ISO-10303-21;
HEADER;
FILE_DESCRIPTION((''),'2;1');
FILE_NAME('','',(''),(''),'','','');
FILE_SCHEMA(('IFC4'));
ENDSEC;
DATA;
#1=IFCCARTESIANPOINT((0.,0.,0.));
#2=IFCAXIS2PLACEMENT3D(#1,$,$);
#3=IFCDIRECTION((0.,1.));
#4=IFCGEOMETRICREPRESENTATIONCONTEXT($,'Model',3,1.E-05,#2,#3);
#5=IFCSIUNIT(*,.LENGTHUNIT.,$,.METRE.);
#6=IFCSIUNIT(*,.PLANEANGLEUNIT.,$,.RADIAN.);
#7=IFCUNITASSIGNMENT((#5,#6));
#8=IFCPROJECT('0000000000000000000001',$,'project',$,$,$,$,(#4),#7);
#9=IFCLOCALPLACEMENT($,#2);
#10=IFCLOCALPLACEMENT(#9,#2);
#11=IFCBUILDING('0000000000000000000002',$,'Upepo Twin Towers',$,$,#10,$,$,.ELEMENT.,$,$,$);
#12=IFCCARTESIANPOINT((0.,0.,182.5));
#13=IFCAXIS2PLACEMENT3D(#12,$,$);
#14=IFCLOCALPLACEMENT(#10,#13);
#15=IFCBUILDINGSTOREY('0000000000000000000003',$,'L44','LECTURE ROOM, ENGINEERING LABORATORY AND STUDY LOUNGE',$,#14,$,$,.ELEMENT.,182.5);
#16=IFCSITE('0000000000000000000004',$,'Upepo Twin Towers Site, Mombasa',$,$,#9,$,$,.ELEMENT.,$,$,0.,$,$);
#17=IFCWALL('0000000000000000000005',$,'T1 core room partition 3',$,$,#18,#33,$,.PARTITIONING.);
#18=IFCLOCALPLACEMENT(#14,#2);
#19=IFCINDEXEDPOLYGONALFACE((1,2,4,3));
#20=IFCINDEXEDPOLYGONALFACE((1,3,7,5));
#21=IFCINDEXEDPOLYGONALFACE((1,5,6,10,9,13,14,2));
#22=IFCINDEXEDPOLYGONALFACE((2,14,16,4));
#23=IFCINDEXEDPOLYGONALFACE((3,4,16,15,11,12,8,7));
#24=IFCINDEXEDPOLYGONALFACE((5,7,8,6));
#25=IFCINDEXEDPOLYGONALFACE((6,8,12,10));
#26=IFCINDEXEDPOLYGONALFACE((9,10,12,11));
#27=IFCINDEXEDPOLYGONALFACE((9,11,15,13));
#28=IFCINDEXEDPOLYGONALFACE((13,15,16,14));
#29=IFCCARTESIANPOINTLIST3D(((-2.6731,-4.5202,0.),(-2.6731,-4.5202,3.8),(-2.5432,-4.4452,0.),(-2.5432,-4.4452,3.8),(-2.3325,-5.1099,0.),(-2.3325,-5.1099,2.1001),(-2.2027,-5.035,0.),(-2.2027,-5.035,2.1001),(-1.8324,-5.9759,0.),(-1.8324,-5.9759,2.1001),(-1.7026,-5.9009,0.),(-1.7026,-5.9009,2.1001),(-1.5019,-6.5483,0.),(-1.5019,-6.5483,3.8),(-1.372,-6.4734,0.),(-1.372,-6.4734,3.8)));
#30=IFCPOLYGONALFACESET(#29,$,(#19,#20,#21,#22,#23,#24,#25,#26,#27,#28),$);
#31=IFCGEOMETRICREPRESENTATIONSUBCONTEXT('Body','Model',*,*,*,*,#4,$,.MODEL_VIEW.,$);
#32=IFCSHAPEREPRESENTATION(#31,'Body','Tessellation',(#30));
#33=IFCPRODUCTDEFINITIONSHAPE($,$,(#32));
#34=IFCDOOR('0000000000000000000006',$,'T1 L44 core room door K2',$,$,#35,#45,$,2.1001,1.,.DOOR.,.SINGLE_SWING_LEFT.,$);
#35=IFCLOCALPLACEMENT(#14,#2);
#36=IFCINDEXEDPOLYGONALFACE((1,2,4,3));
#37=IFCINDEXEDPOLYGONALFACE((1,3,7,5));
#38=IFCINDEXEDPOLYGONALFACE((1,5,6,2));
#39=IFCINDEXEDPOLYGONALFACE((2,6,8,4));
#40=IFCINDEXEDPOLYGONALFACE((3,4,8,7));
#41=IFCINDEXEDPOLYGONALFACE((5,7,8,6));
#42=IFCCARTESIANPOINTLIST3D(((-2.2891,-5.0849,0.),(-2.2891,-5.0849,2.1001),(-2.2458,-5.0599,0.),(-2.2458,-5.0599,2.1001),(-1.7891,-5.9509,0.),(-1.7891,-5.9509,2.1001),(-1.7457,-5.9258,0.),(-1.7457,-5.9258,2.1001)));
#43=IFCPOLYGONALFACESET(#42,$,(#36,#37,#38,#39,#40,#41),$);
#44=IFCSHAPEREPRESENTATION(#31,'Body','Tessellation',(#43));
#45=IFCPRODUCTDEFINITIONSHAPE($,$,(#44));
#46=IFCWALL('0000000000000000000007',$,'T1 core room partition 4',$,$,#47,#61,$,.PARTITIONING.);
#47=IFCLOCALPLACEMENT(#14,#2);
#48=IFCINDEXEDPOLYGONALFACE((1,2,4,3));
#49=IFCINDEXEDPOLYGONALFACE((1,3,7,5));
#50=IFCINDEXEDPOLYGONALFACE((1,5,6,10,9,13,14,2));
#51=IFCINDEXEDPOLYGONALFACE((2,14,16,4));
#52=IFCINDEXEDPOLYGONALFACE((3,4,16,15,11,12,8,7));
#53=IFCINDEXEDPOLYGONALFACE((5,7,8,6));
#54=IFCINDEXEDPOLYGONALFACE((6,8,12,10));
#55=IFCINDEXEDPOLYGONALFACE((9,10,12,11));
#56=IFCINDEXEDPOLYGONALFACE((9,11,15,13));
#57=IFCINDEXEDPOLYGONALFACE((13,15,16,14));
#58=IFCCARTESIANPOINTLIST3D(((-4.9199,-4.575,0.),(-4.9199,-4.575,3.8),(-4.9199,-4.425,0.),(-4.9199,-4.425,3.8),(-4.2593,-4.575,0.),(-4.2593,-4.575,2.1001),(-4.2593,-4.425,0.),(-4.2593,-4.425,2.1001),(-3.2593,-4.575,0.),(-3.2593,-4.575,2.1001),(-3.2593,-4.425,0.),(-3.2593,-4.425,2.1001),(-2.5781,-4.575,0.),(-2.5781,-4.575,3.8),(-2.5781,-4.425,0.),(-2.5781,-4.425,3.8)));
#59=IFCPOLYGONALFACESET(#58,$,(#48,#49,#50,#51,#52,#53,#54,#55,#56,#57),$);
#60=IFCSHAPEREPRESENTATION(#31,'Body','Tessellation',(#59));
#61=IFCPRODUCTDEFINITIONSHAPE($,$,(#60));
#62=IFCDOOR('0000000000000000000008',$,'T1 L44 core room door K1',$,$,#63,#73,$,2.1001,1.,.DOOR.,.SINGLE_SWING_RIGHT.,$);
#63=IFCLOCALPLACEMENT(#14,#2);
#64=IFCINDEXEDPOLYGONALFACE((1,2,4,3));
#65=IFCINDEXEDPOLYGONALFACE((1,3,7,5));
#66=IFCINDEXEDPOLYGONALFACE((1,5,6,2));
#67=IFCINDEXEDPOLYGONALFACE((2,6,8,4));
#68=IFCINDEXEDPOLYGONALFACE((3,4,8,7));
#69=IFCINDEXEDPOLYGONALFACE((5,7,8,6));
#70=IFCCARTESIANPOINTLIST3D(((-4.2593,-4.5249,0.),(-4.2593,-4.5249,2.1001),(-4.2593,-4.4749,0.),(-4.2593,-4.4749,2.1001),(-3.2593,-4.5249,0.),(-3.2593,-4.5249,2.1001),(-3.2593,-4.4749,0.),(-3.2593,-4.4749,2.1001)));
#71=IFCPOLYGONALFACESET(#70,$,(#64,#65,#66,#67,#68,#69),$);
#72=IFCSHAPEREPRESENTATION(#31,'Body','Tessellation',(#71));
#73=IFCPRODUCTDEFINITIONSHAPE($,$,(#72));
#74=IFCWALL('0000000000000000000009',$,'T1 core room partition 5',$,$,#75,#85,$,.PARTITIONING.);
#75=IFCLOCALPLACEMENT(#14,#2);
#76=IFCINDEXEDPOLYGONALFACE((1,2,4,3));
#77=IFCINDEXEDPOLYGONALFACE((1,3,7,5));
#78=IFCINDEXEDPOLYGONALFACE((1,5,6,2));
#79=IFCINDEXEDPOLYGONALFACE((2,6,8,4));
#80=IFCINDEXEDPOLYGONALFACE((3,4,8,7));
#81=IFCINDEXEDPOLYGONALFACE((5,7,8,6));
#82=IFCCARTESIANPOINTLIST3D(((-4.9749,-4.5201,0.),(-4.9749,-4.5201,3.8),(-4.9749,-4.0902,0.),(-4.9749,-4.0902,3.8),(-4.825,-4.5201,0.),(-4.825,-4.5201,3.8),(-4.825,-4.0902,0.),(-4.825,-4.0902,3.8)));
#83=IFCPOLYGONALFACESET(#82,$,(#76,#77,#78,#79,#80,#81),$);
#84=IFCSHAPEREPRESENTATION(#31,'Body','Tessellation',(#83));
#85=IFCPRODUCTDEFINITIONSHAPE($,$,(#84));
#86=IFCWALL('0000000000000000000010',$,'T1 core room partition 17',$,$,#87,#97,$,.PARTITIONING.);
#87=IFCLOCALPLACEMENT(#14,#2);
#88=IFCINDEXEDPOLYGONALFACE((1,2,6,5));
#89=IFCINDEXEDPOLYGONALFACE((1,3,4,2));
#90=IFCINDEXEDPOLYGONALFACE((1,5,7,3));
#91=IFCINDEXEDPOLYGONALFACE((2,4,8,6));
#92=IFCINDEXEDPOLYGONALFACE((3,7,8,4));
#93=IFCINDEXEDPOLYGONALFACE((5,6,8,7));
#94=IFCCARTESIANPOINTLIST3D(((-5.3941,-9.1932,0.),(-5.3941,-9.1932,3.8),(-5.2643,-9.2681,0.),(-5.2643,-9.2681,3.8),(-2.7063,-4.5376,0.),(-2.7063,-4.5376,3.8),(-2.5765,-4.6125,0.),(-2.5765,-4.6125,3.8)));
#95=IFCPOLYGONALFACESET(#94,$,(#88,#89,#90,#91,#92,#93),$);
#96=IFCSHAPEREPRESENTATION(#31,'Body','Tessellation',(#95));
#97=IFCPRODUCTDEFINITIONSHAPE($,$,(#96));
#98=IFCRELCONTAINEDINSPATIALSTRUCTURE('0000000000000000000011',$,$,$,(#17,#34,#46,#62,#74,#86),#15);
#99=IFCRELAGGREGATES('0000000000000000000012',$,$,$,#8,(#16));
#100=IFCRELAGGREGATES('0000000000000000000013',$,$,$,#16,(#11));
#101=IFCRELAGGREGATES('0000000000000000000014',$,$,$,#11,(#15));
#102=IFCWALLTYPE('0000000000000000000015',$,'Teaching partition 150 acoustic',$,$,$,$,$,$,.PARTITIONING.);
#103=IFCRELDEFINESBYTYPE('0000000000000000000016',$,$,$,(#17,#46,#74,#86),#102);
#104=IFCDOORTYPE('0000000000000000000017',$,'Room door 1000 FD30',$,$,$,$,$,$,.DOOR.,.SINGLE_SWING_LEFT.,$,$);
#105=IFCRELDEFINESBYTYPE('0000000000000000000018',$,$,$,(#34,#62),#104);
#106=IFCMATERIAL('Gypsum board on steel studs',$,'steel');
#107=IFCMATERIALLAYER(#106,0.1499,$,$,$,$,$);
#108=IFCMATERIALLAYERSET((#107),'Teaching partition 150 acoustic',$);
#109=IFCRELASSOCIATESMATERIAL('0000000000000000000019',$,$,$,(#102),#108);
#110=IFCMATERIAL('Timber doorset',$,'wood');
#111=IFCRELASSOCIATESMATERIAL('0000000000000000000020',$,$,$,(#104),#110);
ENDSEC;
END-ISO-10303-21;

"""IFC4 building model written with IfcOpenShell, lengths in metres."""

from ifc_helpers import new_model, si_unit, direction, frame, frame_2d, origin, place, context, subcontext, project, spatial, rectangle, extrude, material, layer, layer_set, type_object, element, fill, save


model = new_model("IFC4")

# Units and contexts
model_context = context("Model", 3, precision=1e-05, world=origin(), true_north=direction((0.0, 1.0)))
body_context = subcontext(model_context, "Body", "Model", "MODEL_VIEW")
ifc_project = project(units=[si_unit("LENGTHUNIT", "METRE"), si_unit("PLANEANGLEUNIT", "RADIAN")], contexts=[model_context])

# Site, building, storey
site_placement = place(None, origin())
site = spatial("IfcSite", under=ifc_project, at=site_placement, Name="Upepo Twin Towers Site, Mombasa", CompositionType="ELEMENT", RefElevation=0.0)
building_placement = place(site_placement, origin())
building = spatial("IfcBuilding", under=site, at=building_placement, Name="Upepo Twin Towers", CompositionType="ELEMENT")
storey_placement = place(building_placement, frame((0.0, 0.0, 182.5)))
storey = spatial("IfcBuildingStorey", under=building, at=storey_placement, Name="L44", Description="LECTURE ROOM, ENGINEERING LABORATORY AND STUDY LOUNGE", CompositionType="ELEMENT", Elevation=182.5)

# Shared definitions
ifc_material_1 = material(Name="Gypsum board on steel studs", Category="steel")
ifc_layer_1 = layer(ifc_material_1, 0.1499)
ifc_layer_set_1 = layer_set([ifc_layer_1], Name="Teaching partition 150 acoustic")
wall_type_1 = type_object("IfcWallType", Name="Teaching partition 150 acoustic", PredefinedType="PARTITIONING", material=ifc_layer_set_1)

# Walls, openings, doors
wall_1_placement = place(storey_placement, frame((-1.437, -6.5107, 0.0), z_axis=(0.0, 0.0, 1.0), x_axis=(-0.500074, 0.865982, 0.0)))
wall_1 = element("IfcWall", 1, at=wall_1_placement, inside=storey, type_object=wall_type_1, Name="T1 core room partition 3", PredefinedType="PARTITIONING", context=body_context, shape_type="SweptSolid", body=[
    extrude(rectangle(XDim=2.342, YDim=0.1499, at=frame_2d((1.1709, 0.0))), origin(), (0.0, 0.0, 1.0), 3.8),
])
opening_1_placement = place(wall_1_placement, frame((0.6609, 0.0, 0.0)))
opening_1 = element("IfcOpeningElement", 2, at=opening_1_placement, cuts=wall_1, PredefinedType="OPENING", context=body_context, shape_type="SweptSolid", body=[
    extrude(rectangle(XDim=1.0, YDim=2.1001, at=frame_2d((0.5, 1.05))), frame((0.0, 0.085, 0.0), z_axis=(0.0, -1.0, 0.0), x_axis=(1.0, 0.0, 0.0)), (0.0, 0.0, 1.0), 0.1699),
])
ifc_material_2 = material(Name="Timber doorset", Category="wood")
door_type_1 = type_object("IfcDoorType", Name="Room door 1000 FD30", OperationType="SINGLE_SWING_LEFT", PredefinedType="DOOR", material=ifc_material_2)
door_1_placement = place(opening_1_placement, origin())
door_1 = element("IfcDoor", 3, at=door_1_placement, inside=storey, type_object=door_type_1, Name="T1 L44 core room door K2", OperationType="SINGLE_SWING_LEFT", OverallHeight=2.1001, OverallWidth=1.0, PredefinedType="DOOR", context=body_context, shape_type="SweptSolid", body=[
    extrude(rectangle(XDim=1.0, YDim=2.1001, at=frame_2d((0.5, 1.05))), frame((0.0, 0.0249, 0.0), z_axis=(0.0, -1.0, 0.0), x_axis=(1.0, 0.0, 0.0)), (0.0, 0.0, 1.0), 0.05),
])
fill(opening_1, door_1)
wall_2_placement = place(storey_placement, frame((-2.5781, -4.5, 0.0), z_axis=(0.0, 0.0, 1.0), x_axis=(-1.0, 0.0, 0.0)))
wall_2 = element("IfcWall", 4, at=wall_2_placement, inside=storey, type_object=wall_type_1, Name="T1 core room partition 4", PredefinedType="PARTITIONING", context=body_context, shape_type="SweptSolid", body=[
    extrude(rectangle(XDim=2.3418, YDim=0.1499, at=frame_2d((1.1709, 0.0))), origin(), (0.0, 0.0, 1.0), 3.8),
])
opening_2_placement = place(wall_2_placement, frame((0.6812, 0.0, 0.0)))
opening_2 = element("IfcOpeningElement", 5, at=opening_2_placement, cuts=wall_2, PredefinedType="OPENING", context=body_context, shape_type="SweptSolid", body=[
    extrude(rectangle(XDim=1.0, YDim=2.1001, at=frame_2d((0.5, 1.05))), frame((0.0, 0.085, 0.0), z_axis=(0.0, -1.0, 0.0), x_axis=(1.0, 0.0, 0.0)), (0.0, 0.0, 1.0), 0.1699),
])
door_2_placement = place(opening_2_placement, origin())
door_2 = element("IfcDoor", 6, at=door_2_placement, inside=storey, type_object=door_type_1, Name="T1 L44 core room door K1", OperationType="SINGLE_SWING_RIGHT", OverallHeight=2.1001, OverallWidth=1.0, PredefinedType="DOOR", context=body_context, shape_type="SweptSolid", body=[
    extrude(rectangle(XDim=1.0, YDim=2.1001, at=frame_2d((0.5, 1.05))), frame((0.0, 0.0249, 0.0), z_axis=(0.0, -1.0, 0.0), x_axis=(1.0, 0.0, 0.0)), (0.0, 0.0, 1.0), 0.05),
])
fill(opening_2, door_2)

# Walls
wall_3_placement = place(storey_placement, frame((-4.8999, -4.52, 0.0), z_axis=(0.0, 0.0, 1.0), x_axis=(0.0, 1.0, 0.0)))
element("IfcWall", 7, at=wall_3_placement, inside=storey, type_object=wall_type_1, Name="T1 core room partition 5", PredefinedType="PARTITIONING", context=body_context, shape_type="SweptSolid", body=[
    extrude(rectangle(XDim=0.4299, YDim=0.1499, at=frame_2d((0.2148, 0.0))), origin(), (0.0, 0.0, 1.0), 3.8),
])
wall_4_placement = place(storey_placement, frame((-2.6414, -4.575, 0.0), z_axis=(0.0, 0.0, 1.0), x_axis=(-0.499983, -0.866035, 0.0)))
element("IfcWall", 8, at=wall_4_placement, inside=storey, type_object=wall_type_1, Name="T1 core room partition 17", PredefinedType="PARTITIONING", context=body_context, shape_type="SweptSolid", body=[
    extrude(rectangle(XDim=5.3757, YDim=0.1499, at=frame_2d((2.688, 0.0))), origin(), (0.0, 0.0, 1.0), 3.8),
])

save(model, "model.ifc")
